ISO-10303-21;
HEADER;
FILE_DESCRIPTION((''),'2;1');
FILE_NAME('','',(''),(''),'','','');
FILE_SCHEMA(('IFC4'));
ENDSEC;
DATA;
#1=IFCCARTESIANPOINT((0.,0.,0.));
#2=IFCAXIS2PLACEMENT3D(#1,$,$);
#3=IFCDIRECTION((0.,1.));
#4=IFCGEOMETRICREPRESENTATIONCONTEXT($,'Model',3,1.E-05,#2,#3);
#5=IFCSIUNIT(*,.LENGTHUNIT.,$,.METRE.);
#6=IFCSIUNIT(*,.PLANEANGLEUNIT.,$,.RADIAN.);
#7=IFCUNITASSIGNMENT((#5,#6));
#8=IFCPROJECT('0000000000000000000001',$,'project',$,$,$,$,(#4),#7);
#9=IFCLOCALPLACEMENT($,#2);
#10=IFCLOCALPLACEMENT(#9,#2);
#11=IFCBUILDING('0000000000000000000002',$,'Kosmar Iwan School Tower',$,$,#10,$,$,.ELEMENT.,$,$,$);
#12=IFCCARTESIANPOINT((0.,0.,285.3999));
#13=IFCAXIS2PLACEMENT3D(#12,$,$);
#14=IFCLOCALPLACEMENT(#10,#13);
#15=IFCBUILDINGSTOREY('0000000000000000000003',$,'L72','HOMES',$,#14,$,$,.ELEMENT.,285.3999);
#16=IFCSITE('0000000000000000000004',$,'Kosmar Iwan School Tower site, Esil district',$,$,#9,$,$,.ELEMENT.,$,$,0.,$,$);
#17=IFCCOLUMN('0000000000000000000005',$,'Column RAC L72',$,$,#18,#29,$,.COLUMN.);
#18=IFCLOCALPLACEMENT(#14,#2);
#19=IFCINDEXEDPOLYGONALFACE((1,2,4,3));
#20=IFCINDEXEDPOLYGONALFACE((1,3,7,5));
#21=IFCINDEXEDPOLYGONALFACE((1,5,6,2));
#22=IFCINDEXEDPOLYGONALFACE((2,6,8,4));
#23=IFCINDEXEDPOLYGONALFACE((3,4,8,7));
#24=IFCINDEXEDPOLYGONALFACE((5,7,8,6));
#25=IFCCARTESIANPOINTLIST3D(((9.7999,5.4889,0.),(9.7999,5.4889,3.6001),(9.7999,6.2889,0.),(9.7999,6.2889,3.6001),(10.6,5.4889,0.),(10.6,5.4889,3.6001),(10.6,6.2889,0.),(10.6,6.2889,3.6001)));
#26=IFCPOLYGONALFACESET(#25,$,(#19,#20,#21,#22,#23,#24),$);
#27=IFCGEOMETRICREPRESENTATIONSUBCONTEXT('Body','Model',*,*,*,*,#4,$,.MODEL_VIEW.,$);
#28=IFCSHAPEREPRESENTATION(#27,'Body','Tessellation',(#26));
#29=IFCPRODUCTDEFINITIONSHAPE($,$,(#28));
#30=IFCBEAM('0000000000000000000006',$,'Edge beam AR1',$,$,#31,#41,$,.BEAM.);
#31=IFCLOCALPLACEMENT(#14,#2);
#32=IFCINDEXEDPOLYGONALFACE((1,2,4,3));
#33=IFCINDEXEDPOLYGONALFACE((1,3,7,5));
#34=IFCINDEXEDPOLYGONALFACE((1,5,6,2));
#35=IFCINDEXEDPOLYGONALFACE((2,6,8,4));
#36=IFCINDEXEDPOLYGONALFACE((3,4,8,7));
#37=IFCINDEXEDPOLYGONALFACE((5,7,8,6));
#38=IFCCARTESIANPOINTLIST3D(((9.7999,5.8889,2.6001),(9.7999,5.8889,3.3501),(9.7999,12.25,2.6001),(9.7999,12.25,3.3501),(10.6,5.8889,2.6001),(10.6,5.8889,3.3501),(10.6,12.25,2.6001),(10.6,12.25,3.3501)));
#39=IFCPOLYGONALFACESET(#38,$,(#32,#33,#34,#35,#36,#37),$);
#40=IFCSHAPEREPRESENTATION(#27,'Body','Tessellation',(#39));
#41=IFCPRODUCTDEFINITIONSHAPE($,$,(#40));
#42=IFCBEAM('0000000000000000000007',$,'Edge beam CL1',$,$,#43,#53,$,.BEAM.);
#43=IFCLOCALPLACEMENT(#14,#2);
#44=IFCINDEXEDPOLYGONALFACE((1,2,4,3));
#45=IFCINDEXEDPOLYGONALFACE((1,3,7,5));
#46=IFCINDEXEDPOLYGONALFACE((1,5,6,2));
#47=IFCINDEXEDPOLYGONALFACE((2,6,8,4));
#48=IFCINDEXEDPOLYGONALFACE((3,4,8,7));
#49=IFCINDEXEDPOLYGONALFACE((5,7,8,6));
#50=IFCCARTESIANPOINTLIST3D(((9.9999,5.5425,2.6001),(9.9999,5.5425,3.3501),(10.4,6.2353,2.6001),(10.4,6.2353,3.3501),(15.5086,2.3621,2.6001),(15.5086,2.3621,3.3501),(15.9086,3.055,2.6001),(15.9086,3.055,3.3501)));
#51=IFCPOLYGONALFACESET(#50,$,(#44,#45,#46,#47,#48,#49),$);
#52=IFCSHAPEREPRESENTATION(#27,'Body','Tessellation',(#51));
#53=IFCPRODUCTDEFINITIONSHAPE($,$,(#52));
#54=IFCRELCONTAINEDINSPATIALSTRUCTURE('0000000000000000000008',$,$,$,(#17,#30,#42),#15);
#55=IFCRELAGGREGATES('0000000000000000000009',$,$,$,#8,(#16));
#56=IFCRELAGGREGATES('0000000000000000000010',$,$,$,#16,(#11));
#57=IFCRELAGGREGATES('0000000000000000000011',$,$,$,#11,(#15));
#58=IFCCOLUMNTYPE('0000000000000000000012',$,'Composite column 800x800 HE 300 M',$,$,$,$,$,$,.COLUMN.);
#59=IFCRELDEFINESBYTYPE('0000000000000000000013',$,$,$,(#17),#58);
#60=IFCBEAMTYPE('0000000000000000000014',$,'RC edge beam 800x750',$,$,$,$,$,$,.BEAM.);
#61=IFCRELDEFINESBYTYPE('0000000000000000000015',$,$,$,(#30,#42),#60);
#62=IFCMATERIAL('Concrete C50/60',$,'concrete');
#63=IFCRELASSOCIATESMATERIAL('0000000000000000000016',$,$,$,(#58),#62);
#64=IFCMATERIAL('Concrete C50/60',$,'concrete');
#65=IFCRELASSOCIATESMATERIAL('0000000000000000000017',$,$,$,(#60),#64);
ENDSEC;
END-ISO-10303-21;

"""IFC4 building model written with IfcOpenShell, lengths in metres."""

from ifc_helpers import new_model, si_unit, direction, frame, origin, origin_2d, place, context, subcontext, project, spatial, rectangle, extrude, material, material_profile, profile_set, type_object, element, save


model = new_model("IFC4")

# Units and contexts
model_context = context("Model", 3, precision=1e-05, world=origin(), true_north=direction((0.0, 1.0)))
body_context = subcontext(model_context, "Body", "Model", "MODEL_VIEW")
ifc_project = project(units=[si_unit("LENGTHUNIT", "METRE"), si_unit("PLANEANGLEUNIT", "RADIAN")], contexts=[model_context])

# Site, building, storey
site_placement = place(None, origin())
site = spatial("IfcSite", under=ifc_project, at=site_placement, Name="Kosmar Iwan School Tower site, Esil district", CompositionType="ELEMENT", RefElevation=0.0)
building_placement = place(site_placement, origin())
building = spatial("IfcBuilding", under=site, at=building_placement, Name="Kosmar Iwan School Tower", CompositionType="ELEMENT")
storey_placement = place(building_placement, frame((0.0, 0.0, 285.3999)))
storey = spatial("IfcBuildingStorey", under=building, at=storey_placement, Name="L72", Description="HOMES", CompositionType="ELEMENT", Elevation=285.3999)

# Column
ifc_material_1 = material(Name="Concrete C50/60", Category="concrete")
ifc_material_profile_1 = material_profile(ifc_material_1, rectangle(XDim=0.8, YDim=0.8, at=origin_2d()), Name="RC 800x800 + HE 300 M")
ifc_profile_set_1 = profile_set([ifc_material_profile_1], Name="Concrete C50/60")
column_type = type_object("IfcColumnType", Name="Composite column 800x800 HE 300 M", PredefinedType="COLUMN", material=ifc_profile_set_1)
column_placement = place(storey_placement, frame((10.2, 5.8889, 0.0), z_axis=(0.0, 0.0, 1.0), x_axis=(1.0, 0.0, 0.0)))
element("IfcColumn", 1, at=column_placement, inside=storey, type_object=column_type, Name="Column RAC L72", PredefinedType="COLUMN", context=body_context, shape_type="SweptSolid", body=[
    extrude(rectangle(XDim=0.8, YDim=0.8, at=origin_2d()), origin(), (0.0, 0.0, 1.0), 3.6001),
])

# Beams
ifc_material_2 = material(Name="Concrete C50/60", Category="concrete")
ifc_material_profile_2 = material_profile(ifc_material_2, rectangle(XDim=0.8, YDim=0.75, at=origin_2d()), Name="RC 800x750")
ifc_profile_set_2 = profile_set([ifc_material_profile_2], Name="Concrete C50/60")
beam_type = type_object("IfcBeamType", Name="RC edge beam 800x750", PredefinedType="BEAM", material=ifc_profile_set_2)
beam_1_placement = place(storey_placement, frame((10.2, 5.8889, 2.9751), z_axis=(0.0, 1.0, 0.0), x_axis=(-1.0, 0.0, 0.0)))
element("IfcBeam", 2, at=beam_1_placement, inside=storey, type_object=beam_type, Name="Edge beam AR1", PredefinedType="BEAM", context=body_context, shape_type="SweptSolid", body=[
    extrude(rectangle(XDim=0.8, YDim=0.75, at=origin_2d()), origin(), (0.0, 0.0, 1.0), 6.3611),
])
beam_2_placement = place(storey_placement, frame((10.2, 5.8889, 2.9751), z_axis=(0.866031, -0.49999, 0.0), x_axis=(0.49999, 0.866031, 0.0)))
element("IfcBeam", 3, at=beam_2_placement, inside=storey, type_object=beam_type, Name="Edge beam CL1", PredefinedType="BEAM", context=body_context, shape_type="SweptSolid", body=[
    extrude(rectangle(XDim=0.8, YDim=0.75, at=origin_2d()), origin(), (0.0, 0.0, 1.0), 6.3608),
])

save(model, "model.ifc")
